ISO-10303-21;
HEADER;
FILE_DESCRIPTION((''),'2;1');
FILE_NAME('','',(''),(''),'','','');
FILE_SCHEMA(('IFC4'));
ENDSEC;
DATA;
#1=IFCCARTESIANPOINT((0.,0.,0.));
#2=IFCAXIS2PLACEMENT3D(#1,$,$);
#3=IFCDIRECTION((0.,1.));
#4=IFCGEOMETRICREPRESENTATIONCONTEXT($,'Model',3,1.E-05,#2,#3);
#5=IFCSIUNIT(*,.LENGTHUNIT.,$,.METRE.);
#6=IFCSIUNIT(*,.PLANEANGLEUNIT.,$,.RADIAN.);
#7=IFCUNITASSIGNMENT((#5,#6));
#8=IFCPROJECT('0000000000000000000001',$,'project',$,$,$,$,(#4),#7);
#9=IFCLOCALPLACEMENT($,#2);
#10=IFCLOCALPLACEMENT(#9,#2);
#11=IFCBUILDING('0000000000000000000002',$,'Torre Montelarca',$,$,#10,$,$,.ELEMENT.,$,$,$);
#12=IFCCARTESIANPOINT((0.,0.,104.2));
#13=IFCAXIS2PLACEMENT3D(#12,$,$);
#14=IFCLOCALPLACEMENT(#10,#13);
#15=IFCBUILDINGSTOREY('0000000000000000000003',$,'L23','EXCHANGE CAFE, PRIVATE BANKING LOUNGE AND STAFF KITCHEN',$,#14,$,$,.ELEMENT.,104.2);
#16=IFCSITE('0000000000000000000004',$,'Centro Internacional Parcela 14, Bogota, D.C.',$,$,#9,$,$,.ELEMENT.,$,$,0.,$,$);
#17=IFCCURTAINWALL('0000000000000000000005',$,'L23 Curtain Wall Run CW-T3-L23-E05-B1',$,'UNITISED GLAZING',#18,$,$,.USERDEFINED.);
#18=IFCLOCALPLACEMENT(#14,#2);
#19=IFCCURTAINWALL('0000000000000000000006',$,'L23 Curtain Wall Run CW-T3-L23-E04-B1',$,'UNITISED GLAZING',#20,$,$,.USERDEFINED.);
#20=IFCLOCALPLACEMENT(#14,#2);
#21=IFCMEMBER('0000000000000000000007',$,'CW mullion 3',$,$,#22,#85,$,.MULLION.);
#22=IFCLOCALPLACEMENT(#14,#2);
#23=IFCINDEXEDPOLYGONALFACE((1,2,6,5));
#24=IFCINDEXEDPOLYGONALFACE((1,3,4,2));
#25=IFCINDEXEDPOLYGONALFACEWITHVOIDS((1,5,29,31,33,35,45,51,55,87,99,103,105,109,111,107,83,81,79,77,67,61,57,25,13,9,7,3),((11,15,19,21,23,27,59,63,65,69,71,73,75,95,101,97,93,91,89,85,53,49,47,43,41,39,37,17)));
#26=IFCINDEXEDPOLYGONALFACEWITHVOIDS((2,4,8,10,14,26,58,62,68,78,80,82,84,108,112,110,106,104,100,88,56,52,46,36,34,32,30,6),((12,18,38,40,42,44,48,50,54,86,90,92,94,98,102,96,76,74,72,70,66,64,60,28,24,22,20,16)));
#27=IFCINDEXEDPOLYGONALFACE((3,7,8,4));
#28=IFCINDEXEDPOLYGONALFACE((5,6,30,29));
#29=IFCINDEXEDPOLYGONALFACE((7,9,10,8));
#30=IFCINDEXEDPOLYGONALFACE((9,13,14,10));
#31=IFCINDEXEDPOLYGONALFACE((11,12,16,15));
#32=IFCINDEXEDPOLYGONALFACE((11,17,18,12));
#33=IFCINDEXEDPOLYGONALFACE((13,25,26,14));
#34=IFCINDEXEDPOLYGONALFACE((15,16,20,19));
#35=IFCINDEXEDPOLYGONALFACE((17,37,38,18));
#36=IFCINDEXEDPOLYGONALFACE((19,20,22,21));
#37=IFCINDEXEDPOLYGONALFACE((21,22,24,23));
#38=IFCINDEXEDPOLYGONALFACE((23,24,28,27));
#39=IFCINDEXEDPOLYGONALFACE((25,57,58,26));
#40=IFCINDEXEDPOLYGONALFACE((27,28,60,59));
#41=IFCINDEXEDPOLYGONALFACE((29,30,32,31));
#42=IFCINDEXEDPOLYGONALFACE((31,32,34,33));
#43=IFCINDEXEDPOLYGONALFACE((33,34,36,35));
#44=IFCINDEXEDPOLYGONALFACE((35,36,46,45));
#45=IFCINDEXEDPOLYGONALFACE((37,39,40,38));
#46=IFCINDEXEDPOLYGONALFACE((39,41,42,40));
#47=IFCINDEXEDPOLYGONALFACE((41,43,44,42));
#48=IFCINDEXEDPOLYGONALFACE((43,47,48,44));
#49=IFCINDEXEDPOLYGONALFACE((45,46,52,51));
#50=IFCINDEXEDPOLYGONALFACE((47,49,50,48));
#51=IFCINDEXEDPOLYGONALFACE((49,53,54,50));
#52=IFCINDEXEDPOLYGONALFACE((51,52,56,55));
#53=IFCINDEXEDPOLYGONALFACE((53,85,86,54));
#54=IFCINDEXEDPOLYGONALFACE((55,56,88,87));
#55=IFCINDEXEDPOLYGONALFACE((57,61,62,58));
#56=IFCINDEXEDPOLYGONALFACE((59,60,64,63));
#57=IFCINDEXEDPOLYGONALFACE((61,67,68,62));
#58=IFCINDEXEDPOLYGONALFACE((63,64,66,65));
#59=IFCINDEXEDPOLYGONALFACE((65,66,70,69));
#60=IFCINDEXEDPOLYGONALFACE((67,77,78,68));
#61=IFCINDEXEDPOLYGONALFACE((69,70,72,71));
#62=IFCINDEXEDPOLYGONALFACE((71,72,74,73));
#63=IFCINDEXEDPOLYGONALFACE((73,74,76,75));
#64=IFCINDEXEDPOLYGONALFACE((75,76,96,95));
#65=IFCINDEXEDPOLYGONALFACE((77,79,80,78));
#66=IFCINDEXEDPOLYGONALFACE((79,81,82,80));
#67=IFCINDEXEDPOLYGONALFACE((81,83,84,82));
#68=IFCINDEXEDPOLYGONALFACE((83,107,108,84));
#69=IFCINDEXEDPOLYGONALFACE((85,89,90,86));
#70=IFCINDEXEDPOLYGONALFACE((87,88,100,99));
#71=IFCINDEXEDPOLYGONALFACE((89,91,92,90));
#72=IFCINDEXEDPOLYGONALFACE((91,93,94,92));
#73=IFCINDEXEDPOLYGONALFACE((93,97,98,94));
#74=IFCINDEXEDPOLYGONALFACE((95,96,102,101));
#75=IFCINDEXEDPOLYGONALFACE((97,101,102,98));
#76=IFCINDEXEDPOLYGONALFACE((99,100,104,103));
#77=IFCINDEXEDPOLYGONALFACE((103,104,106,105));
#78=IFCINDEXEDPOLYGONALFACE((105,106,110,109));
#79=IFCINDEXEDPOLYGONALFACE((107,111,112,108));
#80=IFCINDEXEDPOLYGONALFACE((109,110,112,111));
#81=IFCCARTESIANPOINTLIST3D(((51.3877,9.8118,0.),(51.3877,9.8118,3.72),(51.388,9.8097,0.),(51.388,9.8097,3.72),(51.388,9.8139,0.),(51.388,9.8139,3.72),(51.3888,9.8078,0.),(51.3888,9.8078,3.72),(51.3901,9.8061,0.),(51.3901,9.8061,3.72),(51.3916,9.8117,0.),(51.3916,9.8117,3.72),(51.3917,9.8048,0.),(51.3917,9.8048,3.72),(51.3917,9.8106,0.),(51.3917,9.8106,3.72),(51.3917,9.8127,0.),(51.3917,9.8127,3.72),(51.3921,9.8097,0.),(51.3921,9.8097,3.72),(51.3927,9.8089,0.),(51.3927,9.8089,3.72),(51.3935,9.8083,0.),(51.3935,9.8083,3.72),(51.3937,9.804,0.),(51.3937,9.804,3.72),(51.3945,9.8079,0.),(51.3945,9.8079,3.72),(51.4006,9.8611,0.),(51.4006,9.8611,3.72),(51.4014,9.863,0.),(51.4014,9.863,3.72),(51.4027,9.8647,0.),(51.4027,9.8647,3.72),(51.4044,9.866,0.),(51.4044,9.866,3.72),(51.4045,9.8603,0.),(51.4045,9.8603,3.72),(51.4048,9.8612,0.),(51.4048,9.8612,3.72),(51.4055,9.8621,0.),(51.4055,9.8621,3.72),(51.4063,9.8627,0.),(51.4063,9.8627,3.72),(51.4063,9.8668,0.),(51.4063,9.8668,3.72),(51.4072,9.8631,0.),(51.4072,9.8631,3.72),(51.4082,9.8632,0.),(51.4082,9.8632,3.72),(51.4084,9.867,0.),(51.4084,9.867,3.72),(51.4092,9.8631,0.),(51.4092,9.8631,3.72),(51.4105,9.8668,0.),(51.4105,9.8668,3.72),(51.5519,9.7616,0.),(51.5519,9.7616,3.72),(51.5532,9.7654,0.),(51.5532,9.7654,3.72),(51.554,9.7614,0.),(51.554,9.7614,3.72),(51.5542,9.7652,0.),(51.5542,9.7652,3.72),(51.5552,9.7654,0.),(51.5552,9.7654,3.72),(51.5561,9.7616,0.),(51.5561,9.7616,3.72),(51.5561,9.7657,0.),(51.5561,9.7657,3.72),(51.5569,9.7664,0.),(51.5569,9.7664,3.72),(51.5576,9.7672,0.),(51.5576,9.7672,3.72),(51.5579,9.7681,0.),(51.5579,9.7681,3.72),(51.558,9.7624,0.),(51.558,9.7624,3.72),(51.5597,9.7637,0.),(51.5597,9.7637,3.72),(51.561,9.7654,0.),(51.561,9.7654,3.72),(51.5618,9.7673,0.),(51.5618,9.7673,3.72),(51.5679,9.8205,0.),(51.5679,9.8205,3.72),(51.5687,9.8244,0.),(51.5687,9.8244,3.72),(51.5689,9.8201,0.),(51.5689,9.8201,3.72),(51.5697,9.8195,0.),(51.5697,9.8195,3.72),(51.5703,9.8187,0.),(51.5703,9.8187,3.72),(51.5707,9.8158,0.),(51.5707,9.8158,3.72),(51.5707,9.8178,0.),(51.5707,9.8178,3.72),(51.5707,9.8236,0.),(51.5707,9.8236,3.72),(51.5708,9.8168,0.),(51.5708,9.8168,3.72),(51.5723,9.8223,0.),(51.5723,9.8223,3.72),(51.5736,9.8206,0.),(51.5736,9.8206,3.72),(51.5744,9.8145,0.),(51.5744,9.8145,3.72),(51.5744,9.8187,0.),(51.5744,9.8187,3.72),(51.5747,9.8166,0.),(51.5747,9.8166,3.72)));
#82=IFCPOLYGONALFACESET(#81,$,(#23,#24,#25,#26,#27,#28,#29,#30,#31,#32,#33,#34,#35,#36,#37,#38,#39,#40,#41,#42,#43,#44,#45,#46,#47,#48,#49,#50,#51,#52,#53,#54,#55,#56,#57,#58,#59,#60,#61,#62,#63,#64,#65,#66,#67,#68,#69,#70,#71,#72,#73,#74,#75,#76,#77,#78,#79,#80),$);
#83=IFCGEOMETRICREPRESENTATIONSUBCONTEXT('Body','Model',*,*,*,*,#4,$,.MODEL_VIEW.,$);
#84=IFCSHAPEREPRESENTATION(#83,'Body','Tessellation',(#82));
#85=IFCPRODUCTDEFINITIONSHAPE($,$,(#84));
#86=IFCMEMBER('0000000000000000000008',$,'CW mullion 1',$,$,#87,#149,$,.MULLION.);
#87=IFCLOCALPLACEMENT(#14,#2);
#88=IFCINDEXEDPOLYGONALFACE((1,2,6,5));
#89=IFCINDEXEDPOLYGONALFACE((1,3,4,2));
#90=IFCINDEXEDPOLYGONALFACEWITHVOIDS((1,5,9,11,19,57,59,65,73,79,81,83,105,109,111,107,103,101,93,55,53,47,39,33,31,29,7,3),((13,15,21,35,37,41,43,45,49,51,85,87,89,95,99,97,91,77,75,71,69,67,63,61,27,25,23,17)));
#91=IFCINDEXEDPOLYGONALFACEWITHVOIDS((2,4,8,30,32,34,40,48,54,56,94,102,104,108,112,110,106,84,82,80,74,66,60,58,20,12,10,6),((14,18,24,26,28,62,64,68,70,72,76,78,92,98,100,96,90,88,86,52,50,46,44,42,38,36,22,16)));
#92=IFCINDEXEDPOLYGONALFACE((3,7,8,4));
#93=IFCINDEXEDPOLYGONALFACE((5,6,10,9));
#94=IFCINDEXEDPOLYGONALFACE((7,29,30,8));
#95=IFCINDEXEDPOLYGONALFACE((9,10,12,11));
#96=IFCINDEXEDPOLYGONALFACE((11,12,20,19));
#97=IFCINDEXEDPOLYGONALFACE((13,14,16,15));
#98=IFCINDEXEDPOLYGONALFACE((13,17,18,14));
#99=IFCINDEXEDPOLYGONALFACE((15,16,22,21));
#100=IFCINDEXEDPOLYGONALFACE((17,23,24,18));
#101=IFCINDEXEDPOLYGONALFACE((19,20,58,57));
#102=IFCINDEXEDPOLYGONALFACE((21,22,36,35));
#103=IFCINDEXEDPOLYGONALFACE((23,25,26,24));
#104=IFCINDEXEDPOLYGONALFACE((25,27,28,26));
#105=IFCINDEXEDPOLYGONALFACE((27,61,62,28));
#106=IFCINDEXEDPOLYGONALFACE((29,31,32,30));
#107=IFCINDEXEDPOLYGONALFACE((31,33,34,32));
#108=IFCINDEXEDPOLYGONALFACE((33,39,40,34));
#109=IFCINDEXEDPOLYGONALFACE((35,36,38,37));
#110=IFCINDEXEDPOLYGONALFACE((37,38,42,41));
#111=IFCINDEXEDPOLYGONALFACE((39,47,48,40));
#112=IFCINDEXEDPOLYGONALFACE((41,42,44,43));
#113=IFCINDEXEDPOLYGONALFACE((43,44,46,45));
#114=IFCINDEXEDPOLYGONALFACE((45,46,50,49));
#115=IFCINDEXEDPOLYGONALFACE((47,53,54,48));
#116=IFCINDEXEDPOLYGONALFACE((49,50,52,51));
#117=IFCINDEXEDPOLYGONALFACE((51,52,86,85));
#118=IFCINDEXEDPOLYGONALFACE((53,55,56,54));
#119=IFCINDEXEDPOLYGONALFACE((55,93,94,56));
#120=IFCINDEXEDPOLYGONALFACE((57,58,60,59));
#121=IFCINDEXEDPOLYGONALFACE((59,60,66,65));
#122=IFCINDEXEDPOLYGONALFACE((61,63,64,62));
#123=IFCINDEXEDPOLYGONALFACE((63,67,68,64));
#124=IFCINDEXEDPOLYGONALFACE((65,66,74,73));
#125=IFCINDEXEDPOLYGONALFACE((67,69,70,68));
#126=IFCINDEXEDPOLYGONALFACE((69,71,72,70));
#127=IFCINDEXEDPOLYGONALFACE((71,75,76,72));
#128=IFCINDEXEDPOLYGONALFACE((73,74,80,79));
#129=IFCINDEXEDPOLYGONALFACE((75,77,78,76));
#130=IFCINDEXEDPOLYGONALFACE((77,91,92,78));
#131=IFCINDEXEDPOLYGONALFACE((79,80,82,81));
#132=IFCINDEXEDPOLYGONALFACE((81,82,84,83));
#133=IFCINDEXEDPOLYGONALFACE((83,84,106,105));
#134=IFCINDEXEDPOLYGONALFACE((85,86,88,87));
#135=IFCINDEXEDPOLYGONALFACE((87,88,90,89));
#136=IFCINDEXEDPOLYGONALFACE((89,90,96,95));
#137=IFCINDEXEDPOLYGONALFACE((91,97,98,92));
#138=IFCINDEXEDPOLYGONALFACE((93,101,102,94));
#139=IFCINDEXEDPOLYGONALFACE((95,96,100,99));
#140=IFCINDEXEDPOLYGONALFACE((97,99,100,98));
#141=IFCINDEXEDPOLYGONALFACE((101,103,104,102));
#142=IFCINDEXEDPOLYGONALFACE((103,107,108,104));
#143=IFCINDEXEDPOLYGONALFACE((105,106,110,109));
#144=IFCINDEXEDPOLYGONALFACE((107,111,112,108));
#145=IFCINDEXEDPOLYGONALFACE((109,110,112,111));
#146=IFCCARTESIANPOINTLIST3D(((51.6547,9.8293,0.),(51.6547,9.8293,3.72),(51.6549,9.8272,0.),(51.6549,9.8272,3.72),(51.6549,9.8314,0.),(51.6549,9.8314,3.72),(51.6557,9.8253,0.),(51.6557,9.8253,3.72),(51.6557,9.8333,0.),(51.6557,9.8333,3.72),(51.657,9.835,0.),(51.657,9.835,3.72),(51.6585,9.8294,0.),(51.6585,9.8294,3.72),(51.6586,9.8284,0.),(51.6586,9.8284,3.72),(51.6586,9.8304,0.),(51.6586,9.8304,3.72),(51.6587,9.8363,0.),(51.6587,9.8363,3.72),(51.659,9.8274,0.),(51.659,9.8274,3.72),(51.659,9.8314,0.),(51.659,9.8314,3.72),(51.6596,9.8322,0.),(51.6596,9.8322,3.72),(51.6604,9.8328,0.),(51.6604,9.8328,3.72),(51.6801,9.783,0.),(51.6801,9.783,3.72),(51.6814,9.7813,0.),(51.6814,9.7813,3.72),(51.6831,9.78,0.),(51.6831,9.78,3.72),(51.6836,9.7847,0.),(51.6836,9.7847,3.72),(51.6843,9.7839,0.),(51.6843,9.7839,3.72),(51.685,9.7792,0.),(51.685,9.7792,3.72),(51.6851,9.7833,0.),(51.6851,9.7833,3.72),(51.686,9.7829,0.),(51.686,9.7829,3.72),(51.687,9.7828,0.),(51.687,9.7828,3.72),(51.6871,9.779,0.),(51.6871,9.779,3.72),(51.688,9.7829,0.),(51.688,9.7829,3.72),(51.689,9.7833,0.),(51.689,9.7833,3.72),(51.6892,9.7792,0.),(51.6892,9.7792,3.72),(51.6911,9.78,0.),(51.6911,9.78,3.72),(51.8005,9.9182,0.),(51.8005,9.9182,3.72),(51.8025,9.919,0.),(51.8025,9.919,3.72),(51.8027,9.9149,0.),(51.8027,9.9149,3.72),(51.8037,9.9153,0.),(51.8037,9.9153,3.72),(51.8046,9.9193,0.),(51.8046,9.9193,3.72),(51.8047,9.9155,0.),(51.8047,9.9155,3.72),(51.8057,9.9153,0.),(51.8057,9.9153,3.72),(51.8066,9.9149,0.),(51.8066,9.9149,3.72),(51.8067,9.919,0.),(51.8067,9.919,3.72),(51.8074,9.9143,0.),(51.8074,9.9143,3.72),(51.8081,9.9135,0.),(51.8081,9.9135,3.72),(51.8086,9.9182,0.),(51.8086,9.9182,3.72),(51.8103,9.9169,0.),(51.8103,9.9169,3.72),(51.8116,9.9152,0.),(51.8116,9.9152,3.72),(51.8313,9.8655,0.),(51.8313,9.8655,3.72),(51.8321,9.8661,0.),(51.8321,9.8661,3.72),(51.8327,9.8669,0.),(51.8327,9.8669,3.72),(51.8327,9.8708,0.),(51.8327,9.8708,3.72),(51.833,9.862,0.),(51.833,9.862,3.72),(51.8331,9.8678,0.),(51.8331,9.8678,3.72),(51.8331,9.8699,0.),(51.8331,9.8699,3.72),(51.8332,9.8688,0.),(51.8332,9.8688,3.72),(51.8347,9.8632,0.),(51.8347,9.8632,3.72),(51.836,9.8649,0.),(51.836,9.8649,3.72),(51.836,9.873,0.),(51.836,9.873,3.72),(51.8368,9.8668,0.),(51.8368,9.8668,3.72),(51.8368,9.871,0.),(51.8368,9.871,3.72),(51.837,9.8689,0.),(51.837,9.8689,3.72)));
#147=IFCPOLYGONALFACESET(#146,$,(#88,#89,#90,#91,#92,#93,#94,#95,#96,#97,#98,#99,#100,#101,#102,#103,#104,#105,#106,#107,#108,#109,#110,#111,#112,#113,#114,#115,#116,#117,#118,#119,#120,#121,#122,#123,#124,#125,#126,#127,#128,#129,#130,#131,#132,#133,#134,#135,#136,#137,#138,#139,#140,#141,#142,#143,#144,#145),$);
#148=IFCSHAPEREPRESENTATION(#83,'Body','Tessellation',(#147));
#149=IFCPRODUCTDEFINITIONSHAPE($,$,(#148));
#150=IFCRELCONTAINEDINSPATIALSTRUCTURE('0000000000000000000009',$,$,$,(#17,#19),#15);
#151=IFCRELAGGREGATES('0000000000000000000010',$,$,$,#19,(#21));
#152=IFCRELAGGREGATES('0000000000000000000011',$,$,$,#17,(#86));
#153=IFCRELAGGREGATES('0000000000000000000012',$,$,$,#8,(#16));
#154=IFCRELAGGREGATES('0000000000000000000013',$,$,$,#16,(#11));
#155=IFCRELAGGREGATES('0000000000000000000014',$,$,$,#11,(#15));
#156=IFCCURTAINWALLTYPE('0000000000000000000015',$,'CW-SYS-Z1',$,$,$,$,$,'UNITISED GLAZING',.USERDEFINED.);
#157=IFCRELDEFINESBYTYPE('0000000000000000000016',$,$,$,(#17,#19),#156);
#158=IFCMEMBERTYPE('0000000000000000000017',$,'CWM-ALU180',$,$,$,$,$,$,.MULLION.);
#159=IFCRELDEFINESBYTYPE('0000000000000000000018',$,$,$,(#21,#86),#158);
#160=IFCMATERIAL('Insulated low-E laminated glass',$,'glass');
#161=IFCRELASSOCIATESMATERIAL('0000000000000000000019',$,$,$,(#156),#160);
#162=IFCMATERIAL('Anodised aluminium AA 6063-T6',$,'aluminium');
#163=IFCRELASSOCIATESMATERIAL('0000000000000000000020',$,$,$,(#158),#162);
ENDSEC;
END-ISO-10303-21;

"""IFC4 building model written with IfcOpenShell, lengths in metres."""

from ifc_helpers import new_model, si_unit, direction, frame, origin, origin_2d, place, context, subcontext, project, spatial, hollow_rectangle, extrude, source, transform, mapped, material, material_profile, profile_set, type_object, element, aggregate, save


model = new_model("IFC4")

# Units and contexts
model_context = context("Model", 3, precision=1e-05, world=origin(), true_north=direction((0.0, 1.0)))
body_context = subcontext(model_context, "Body", "Model", "MODEL_VIEW")
ifc_project = project(units=[si_unit("LENGTHUNIT", "METRE"), si_unit("PLANEANGLEUNIT", "RADIAN")], contexts=[model_context])

# Site, building, storey
site_placement = place(None, origin())
site = spatial("IfcSite", under=ifc_project, at=site_placement, Name="Centro Internacional Parcela 14, Bogota, D.C.", CompositionType="ELEMENT", RefElevation=0.0)
building_placement = place(site_placement, origin())
building = spatial("IfcBuilding", under=site, at=building_placement, Name="Torre Montelarca", CompositionType="ELEMENT")
storey_placement = place(building_placement, frame((0.0, 0.0, 104.2)))
storey = spatial("IfcBuildingStorey", under=building, at=storey_placement, Name="L23", Description="EXCHANGE CAFE, PRIVATE BANKING LOUNGE AND STAFF KITCHEN", CompositionType="ELEMENT", Elevation=104.2)

# Curtain wall
ifc_material_1 = material(Name="Insulated low-E laminated glass", Category="glass")
curtain_wall_type = type_object("IfcCurtainWallType", Name="CW-SYS-Z1", ElementType="UNITISED GLAZING", PredefinedType="USERDEFINED", material=ifc_material_1)
curtain_wall_1_placement = place(storey_placement, origin())
curtain_wall_1 = element("IfcCurtainWall", 1, at=curtain_wall_1_placement, inside=storey, type_object=curtain_wall_type, Name="L23 Curtain Wall Run CW-T3-L23-E05-B1", ObjectType="UNITISED GLAZING", PredefinedType="USERDEFINED")
ifc_material_2 = material(Name="Anodised aluminium AA 6063-T6", Category="aluminium")

# Curtain wall, member
curtain_wall_2_placement = place(storey_placement, origin())
curtain_wall_2 = element("IfcCurtainWall", 2, at=curtain_wall_2_placement, inside=storey, type_object=curtain_wall_type, Name="L23 Curtain Wall Run CW-T3-L23-E04-B1", ObjectType="UNITISED GLAZING", PredefinedType="USERDEFINED")
ifc_material_profile_1 = material_profile(ifc_material_2, hollow_rectangle(XDim=0.0649, YDim=0.1799, WallThickness=0.0039, InnerFilletRadius=0.0039, OuterFilletRadius=0.0081, at=origin_2d()), Name="ALU65X180X4", Category="aluminium")
ifc_profile_set_1 = profile_set([ifc_material_profile_1], Name="Anodised aluminium AA 6063-T6")
member_type_1 = type_object("IfcMemberType", Name="CWM-ALU180", PredefinedType="MULLION", material=ifc_profile_set_1)
shared_shape_1 = source(origin(), body_context, "Body", "SweptSolid", [
    extrude(hollow_rectangle(XDim=0.0649, YDim=0.1799, WallThickness=0.0039, InnerFilletRadius=0.0039, OuterFilletRadius=0.0081, at=origin_2d()), origin(), (0.0, 0.0, 1.0), 3.72),
])
member_1_placement = place(storey_placement, frame((51.4812, 9.8142, 0.0), z_axis=(0.0, 0.0, 1.0), x_axis=(0.258823, 0.965925, 0.0)))
member_1 = element("IfcMember", 3, at=member_1_placement, type_object=member_type_1, Name="CW mullion 3", PredefinedType="MULLION", context=body_context, shape_type="MappedRepresentation", body=[
    mapped(shared_shape_1, transform((0.0, 0.0, 0.0), scale=1.0)),
])

# Member
member_2_placement = place(storey_placement, frame((51.7458, 9.8491, 0.0), z_axis=(0.0, 0.0, 1.0), x_axis=(-0.500003, 0.866024, 0.0)))
member_2 = element("IfcMember", 4, at=member_2_placement, type_object=member_type_1, Name="CW mullion 1", PredefinedType="MULLION", context=body_context, shape_type="MappedRepresentation", body=[
    mapped(shared_shape_1, transform((0.0, 0.0, 0.0), scale=1.0)),
])

aggregate(curtain_wall_2, [member_1])
aggregate(curtain_wall_1, [member_2])

save(model, "model.ifc")
